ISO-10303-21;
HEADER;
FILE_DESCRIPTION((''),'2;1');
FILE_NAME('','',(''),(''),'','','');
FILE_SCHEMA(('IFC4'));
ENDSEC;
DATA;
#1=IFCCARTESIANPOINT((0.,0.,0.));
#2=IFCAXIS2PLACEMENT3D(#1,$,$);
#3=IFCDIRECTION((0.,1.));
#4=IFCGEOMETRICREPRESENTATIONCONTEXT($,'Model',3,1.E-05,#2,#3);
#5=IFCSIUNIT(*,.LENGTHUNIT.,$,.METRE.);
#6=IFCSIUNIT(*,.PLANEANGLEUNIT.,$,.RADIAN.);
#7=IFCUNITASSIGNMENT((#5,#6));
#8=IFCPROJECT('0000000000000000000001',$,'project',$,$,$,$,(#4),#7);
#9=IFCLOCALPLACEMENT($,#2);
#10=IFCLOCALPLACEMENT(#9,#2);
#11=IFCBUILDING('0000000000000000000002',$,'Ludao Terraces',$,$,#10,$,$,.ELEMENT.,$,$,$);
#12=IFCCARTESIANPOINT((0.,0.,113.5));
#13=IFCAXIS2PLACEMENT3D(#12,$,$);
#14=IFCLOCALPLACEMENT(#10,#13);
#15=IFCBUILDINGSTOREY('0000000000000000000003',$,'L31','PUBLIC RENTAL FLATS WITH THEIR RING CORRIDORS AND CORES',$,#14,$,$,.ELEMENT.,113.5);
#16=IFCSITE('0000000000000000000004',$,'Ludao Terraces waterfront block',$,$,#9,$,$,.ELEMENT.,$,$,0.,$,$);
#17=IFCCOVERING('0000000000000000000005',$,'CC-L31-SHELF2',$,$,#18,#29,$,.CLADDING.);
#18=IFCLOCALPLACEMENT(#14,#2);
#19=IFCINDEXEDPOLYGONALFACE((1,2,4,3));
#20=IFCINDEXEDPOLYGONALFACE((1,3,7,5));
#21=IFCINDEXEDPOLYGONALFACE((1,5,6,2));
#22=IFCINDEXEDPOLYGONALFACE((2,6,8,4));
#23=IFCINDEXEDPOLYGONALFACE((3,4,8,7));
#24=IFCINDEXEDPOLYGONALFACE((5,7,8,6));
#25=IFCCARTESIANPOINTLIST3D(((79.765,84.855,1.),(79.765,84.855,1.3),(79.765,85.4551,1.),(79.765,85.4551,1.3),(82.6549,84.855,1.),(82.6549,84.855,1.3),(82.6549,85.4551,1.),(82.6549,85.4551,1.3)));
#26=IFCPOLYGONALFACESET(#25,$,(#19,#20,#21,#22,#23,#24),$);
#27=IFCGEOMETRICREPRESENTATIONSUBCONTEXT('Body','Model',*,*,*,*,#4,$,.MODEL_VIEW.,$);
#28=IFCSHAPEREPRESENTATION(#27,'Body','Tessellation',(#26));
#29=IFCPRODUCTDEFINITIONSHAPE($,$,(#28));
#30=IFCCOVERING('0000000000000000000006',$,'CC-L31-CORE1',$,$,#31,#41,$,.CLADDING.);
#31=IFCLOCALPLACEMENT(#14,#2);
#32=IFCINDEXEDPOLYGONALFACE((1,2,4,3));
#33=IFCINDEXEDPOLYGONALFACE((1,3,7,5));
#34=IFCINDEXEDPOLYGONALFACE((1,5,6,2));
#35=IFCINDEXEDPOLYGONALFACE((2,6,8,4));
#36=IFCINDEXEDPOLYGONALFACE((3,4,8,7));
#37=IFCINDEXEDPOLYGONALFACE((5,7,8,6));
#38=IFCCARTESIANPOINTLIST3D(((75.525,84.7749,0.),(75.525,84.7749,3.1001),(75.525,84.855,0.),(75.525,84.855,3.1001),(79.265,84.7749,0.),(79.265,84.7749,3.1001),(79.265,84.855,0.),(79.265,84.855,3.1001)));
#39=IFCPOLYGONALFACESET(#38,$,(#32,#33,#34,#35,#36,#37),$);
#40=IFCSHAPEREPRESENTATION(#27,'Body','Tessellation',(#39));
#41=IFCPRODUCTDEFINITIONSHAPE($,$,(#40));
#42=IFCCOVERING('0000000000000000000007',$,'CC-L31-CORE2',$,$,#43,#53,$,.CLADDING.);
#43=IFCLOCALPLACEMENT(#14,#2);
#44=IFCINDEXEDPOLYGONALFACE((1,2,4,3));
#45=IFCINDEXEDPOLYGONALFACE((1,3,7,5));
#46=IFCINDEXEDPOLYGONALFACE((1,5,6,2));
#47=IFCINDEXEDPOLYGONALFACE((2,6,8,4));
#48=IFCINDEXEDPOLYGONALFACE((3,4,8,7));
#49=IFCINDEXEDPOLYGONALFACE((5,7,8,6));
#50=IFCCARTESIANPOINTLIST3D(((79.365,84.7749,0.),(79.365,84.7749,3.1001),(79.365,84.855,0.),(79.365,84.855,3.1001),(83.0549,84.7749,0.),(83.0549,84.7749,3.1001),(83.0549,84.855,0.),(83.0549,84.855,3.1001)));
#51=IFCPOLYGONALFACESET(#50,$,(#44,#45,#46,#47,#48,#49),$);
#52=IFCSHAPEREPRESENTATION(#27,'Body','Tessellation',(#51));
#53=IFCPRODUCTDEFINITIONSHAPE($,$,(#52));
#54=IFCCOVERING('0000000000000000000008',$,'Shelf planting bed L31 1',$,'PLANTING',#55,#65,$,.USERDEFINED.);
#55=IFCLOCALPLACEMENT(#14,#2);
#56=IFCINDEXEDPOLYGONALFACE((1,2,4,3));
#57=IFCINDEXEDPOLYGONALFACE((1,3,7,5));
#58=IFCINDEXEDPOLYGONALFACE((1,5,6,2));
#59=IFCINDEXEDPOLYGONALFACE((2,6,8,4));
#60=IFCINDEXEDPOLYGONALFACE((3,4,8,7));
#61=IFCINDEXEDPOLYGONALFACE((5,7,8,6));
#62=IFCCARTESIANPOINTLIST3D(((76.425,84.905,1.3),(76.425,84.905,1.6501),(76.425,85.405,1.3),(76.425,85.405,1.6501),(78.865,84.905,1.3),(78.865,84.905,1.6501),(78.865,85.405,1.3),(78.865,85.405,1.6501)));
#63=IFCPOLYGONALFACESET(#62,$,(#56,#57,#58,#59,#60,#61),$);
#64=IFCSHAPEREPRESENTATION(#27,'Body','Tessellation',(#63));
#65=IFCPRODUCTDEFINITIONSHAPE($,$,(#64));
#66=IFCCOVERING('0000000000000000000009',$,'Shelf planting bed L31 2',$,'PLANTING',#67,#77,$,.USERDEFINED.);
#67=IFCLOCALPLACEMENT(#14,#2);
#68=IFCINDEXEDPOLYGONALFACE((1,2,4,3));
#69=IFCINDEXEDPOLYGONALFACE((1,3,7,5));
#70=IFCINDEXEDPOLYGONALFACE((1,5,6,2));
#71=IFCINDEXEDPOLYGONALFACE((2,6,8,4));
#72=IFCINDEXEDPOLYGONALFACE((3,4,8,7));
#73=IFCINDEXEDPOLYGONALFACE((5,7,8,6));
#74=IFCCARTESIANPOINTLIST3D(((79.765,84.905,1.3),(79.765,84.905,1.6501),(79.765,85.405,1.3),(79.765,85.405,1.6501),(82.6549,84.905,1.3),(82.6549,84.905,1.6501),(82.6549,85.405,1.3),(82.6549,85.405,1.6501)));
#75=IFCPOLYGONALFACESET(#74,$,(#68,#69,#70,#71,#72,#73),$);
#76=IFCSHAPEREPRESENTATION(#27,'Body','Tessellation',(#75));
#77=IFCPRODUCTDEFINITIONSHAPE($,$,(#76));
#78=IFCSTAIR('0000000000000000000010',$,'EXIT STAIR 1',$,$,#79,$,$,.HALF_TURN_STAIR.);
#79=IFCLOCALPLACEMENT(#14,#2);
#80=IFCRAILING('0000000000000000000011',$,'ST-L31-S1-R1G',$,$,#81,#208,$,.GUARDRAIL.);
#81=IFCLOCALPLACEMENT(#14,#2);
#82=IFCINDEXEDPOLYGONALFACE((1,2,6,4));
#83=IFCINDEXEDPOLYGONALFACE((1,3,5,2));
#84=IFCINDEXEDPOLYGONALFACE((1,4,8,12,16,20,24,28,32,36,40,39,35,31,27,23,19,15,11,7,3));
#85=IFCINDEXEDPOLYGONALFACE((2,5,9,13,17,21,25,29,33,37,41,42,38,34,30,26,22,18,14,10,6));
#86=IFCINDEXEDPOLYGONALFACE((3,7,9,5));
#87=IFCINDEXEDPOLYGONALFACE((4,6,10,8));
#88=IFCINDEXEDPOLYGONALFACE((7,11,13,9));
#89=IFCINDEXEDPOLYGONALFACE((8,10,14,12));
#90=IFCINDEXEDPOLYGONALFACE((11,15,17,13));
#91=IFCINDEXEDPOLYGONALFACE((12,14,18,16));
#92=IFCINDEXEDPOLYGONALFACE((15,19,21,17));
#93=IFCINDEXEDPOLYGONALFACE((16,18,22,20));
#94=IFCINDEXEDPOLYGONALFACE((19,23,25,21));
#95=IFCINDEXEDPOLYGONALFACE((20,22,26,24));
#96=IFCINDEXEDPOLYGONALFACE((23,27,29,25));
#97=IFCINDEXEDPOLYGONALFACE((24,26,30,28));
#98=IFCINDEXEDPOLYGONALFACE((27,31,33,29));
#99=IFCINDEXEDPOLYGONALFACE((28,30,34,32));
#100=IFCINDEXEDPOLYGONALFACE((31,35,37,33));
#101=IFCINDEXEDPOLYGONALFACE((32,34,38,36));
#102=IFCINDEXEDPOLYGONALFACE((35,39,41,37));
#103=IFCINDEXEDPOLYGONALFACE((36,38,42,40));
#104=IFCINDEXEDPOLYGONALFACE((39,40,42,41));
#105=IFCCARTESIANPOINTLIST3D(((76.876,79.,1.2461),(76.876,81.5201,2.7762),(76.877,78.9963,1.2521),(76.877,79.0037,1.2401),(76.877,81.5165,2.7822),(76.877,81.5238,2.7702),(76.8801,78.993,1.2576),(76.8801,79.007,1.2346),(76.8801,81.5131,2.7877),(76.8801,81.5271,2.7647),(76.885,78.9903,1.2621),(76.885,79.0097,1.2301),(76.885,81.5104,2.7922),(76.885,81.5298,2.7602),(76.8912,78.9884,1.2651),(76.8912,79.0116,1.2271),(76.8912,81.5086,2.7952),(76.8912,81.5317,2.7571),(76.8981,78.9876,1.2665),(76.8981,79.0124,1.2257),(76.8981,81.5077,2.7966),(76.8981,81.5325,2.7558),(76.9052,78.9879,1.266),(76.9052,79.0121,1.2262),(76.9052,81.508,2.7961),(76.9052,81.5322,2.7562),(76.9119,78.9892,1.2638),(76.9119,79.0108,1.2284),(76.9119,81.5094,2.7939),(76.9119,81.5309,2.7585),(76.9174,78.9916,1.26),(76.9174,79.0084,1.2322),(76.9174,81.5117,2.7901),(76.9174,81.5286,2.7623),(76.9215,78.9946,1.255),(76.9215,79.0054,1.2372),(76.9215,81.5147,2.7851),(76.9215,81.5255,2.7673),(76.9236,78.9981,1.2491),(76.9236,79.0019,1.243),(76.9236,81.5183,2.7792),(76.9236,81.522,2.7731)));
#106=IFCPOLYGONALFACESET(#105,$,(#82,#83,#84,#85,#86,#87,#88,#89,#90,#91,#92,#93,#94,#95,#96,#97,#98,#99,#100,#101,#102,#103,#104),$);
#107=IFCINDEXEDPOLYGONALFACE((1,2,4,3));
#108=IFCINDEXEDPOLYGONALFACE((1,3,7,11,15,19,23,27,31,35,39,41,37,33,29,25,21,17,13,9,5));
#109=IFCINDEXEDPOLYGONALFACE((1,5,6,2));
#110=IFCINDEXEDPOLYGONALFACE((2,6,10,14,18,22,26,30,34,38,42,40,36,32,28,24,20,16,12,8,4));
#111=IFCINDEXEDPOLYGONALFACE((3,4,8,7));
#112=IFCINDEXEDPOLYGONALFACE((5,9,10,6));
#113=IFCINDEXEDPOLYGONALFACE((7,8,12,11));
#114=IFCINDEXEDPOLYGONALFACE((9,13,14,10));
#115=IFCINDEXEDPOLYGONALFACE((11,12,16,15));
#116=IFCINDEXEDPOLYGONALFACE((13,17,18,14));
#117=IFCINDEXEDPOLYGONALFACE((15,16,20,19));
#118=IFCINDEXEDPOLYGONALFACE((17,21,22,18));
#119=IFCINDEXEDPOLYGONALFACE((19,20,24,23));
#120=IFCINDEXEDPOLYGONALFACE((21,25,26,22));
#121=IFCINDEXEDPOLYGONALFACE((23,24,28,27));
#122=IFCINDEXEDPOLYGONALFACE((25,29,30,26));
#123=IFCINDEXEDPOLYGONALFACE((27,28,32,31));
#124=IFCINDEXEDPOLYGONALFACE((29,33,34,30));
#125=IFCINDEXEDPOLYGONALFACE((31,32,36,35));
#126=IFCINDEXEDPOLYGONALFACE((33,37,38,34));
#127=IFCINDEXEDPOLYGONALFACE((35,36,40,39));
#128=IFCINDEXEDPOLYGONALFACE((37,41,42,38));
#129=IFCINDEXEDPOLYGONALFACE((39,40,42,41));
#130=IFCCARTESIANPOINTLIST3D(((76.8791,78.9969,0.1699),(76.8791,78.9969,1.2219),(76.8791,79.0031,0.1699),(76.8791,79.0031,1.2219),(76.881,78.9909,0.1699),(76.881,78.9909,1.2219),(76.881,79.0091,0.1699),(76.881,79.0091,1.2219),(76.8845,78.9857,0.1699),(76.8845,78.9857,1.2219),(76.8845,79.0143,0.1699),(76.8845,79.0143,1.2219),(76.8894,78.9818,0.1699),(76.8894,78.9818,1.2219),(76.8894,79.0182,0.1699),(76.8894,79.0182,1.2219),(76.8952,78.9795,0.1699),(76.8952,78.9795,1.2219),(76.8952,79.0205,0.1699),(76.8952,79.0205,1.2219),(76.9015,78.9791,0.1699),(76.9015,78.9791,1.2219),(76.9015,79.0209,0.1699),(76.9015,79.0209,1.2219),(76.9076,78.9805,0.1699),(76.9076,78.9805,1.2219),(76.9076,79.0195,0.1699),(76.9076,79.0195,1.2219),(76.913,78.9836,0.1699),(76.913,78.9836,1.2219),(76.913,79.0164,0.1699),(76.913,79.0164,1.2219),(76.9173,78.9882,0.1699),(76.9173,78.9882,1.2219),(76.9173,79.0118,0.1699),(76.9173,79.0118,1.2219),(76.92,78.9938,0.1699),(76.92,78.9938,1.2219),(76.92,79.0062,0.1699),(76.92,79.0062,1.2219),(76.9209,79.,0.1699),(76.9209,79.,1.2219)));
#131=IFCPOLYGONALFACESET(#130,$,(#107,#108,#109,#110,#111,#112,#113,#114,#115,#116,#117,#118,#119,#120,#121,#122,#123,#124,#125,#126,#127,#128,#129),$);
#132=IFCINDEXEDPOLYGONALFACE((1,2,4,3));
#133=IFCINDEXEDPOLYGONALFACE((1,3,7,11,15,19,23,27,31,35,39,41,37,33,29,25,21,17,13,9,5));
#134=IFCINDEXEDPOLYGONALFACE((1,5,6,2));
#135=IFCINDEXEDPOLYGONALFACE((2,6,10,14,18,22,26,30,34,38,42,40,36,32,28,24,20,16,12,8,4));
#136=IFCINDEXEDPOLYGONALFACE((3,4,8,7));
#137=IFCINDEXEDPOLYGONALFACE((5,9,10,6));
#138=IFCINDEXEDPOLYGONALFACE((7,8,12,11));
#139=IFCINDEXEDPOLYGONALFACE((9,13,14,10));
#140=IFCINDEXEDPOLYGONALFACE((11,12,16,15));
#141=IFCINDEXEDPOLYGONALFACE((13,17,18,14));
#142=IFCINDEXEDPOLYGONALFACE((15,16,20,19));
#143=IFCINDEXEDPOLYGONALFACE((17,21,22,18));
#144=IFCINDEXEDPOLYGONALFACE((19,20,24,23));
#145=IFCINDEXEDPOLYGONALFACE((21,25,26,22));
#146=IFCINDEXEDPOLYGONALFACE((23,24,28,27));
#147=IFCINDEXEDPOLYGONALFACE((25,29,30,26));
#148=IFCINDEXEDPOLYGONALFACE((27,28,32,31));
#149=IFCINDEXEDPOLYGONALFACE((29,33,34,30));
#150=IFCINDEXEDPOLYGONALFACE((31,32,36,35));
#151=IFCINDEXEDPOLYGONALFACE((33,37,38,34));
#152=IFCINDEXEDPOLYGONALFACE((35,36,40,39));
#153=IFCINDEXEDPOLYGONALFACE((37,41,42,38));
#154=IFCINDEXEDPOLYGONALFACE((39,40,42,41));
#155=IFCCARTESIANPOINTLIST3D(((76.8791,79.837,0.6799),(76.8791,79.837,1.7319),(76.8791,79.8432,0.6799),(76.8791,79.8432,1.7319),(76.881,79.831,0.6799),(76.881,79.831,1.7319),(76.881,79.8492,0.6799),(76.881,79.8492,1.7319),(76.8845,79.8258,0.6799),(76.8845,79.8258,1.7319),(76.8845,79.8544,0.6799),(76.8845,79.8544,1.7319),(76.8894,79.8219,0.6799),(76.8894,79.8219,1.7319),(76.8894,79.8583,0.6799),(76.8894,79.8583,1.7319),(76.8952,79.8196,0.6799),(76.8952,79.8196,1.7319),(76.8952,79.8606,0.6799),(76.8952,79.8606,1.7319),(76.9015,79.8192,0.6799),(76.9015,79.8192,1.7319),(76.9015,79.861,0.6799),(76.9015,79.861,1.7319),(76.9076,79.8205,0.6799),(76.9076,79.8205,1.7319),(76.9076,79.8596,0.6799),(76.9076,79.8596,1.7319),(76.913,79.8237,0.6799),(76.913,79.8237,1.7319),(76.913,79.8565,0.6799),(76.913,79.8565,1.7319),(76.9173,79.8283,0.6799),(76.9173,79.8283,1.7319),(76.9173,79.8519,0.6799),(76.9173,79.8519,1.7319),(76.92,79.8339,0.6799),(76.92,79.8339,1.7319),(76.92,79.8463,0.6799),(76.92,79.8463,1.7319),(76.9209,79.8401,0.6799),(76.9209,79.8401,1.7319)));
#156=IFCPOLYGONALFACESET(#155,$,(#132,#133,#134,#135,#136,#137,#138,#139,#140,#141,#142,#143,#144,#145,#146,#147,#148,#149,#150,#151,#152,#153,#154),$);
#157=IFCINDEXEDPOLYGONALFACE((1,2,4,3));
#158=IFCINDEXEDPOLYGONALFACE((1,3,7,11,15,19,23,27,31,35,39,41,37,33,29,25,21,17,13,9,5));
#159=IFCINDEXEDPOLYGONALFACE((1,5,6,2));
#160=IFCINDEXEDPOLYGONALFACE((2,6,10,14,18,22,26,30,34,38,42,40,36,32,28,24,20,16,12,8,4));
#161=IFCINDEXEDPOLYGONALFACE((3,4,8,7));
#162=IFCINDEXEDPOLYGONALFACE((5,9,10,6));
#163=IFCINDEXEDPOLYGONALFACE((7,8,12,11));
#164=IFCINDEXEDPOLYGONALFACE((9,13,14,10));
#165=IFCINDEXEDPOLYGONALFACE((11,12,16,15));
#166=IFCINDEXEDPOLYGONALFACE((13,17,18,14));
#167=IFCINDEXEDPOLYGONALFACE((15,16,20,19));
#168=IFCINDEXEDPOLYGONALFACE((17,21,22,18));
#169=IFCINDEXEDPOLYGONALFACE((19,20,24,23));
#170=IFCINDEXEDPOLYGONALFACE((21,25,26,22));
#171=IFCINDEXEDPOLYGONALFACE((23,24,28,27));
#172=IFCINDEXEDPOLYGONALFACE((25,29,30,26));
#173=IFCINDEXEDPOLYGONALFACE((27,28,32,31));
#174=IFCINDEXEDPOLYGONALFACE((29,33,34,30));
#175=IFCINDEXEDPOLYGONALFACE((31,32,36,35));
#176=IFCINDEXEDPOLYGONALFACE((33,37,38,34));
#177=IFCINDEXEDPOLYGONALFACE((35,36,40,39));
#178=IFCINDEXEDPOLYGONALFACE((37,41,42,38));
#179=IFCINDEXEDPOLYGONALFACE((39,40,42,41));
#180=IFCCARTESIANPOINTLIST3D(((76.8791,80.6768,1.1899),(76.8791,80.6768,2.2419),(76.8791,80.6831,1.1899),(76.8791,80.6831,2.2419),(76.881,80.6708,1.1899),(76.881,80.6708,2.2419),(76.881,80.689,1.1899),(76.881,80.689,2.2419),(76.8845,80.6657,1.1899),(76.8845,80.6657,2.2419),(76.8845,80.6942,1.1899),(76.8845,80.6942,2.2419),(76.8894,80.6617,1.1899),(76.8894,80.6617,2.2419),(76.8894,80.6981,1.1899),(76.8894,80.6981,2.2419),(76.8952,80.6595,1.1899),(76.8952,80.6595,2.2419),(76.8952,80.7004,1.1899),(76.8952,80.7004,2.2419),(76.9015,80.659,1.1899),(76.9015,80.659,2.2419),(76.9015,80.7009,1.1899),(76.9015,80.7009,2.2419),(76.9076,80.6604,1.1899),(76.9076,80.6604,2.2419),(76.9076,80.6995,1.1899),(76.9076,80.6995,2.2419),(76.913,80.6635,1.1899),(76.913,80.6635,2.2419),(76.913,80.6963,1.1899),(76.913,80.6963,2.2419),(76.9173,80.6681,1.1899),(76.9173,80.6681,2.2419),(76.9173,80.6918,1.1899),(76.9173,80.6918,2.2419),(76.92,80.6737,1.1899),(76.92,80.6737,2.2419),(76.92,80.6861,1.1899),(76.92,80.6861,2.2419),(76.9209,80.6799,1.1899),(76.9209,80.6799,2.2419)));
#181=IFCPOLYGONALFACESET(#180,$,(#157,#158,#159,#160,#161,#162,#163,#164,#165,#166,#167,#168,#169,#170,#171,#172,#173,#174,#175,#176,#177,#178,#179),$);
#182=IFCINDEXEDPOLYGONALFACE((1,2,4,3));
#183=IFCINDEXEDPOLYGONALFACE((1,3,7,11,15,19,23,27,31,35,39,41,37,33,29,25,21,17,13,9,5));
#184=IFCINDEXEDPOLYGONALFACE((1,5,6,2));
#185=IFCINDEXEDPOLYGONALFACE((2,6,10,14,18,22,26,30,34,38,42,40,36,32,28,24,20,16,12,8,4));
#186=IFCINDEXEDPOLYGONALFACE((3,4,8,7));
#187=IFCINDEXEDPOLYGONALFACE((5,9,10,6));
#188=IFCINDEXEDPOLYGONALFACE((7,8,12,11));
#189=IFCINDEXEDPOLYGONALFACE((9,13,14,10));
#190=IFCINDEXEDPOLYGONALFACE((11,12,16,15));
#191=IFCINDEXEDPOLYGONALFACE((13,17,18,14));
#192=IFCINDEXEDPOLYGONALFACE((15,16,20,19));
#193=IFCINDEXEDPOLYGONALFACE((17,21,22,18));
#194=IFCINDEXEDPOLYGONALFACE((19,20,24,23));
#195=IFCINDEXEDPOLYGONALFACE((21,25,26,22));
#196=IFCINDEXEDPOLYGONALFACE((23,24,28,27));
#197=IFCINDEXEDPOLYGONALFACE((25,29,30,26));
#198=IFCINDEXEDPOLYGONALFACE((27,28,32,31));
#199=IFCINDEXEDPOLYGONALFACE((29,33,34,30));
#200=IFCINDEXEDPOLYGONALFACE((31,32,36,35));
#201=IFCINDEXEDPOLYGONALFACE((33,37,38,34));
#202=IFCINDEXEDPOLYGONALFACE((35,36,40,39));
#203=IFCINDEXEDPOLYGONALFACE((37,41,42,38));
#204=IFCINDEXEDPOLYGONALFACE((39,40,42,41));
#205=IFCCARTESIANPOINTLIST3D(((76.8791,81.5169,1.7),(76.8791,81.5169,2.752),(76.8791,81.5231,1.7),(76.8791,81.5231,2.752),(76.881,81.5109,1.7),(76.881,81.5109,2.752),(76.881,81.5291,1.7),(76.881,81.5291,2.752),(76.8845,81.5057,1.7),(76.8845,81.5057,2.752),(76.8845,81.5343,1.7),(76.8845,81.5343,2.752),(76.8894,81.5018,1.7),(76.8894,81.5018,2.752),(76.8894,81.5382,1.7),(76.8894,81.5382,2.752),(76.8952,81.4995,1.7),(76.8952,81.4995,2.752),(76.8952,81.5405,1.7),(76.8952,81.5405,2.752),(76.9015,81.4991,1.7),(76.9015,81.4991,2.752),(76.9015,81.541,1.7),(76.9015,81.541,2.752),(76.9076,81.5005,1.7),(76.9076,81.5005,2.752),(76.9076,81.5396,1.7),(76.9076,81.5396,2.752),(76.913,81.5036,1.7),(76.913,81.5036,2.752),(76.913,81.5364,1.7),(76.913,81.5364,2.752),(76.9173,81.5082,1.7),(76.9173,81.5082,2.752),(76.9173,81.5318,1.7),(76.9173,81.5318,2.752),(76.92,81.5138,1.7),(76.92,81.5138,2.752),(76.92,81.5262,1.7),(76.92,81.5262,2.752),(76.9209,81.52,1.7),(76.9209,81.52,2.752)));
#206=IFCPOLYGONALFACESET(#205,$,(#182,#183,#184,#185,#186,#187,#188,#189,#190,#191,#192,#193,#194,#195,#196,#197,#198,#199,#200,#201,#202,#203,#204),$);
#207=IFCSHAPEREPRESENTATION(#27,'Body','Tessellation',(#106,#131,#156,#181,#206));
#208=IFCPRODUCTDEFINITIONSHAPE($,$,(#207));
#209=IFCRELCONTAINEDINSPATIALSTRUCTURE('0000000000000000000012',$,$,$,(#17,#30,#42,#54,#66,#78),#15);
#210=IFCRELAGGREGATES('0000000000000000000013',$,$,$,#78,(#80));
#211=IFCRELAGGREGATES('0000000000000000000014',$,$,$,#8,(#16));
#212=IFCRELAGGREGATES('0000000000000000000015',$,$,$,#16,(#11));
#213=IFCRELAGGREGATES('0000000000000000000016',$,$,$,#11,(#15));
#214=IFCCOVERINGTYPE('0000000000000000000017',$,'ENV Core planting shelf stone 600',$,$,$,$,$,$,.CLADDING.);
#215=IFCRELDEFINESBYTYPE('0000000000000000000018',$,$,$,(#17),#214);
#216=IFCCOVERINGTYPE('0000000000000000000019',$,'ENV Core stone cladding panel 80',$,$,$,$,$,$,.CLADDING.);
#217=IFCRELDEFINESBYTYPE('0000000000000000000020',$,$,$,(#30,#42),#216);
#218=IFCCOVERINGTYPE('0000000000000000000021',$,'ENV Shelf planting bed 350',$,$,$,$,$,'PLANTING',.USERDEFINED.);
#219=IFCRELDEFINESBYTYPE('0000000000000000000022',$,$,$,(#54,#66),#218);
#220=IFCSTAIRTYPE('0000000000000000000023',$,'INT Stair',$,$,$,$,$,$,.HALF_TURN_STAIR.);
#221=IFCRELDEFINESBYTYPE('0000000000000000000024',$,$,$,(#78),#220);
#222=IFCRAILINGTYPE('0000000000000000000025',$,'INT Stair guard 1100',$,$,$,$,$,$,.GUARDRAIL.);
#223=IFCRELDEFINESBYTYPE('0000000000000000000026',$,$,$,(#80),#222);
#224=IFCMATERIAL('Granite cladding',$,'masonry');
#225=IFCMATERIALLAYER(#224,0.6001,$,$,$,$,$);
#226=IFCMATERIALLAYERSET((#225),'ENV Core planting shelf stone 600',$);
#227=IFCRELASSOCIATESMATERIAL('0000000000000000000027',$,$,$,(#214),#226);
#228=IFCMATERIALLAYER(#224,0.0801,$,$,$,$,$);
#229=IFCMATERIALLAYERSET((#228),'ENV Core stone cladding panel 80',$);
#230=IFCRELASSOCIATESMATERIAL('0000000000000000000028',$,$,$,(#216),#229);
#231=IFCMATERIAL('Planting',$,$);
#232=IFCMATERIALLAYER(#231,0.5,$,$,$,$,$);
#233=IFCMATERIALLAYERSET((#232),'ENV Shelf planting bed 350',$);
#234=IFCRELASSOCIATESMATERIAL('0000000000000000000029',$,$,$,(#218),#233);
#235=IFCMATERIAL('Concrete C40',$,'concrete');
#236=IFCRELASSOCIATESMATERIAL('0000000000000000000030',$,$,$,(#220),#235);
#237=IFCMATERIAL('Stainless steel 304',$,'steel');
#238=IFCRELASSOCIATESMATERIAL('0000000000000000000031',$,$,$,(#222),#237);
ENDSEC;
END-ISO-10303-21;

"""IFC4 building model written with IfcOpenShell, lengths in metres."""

from ifc_helpers import new_model, si_unit, direction, frame, origin, origin_2d, place, context, subcontext, project, spatial, rectangle, circle, extrude, material, layer, layer_set, type_object, element, aggregate, save


model = new_model("IFC4")

# Units and contexts
model_context = context("Model", 3, precision=1e-05, world=origin(), true_north=direction((0.0, 1.0)))
body_context = subcontext(model_context, "Body", "Model", "MODEL_VIEW")
ifc_project = project(units=[si_unit("LENGTHUNIT", "METRE"), si_unit("PLANEANGLEUNIT", "RADIAN")], contexts=[model_context])

# Site, building, storey
site_placement = place(None, origin())
site = spatial("IfcSite", under=ifc_project, at=site_placement, Name="Ludao Terraces waterfront block", CompositionType="ELEMENT", RefElevation=0.0)
building_placement = place(site_placement, origin())
building = spatial("IfcBuilding", under=site, at=building_placement, Name="Ludao Terraces", CompositionType="ELEMENT")
storey_placement = place(building_placement, frame((0.0, 0.0, 113.5)))
storey = spatial("IfcBuildingStorey", under=building, at=storey_placement, Name="L31", Description="PUBLIC RENTAL FLATS WITH THEIR RING CORRIDORS AND CORES", CompositionType="ELEMENT", Elevation=113.5)

# Shared definitions
ifc_material_1 = material(Name="Stainless steel 304", Category="steel")

# Coverings
ifc_material_2 = material(Name="Granite cladding", Category="masonry")
ifc_layer_1 = layer(ifc_material_2, 0.6001)
ifc_layer_set_1 = layer_set([ifc_layer_1], Name="ENV Core planting shelf stone 600")
covering_type_1 = type_object("IfcCoveringType", Name="ENV Core planting shelf stone 600", PredefinedType="CLADDING", material=ifc_layer_set_1)
covering_1_placement = place(storey_placement, frame((81.21, 85.155, 1.0), z_axis=(0.0, 0.0, 1.0), x_axis=(1.0, 0.0, 0.0)))
element("IfcCovering", 1, at=covering_1_placement, inside=storey, type_object=covering_type_1, Name="CC-L31-SHELF2", PredefinedType="CLADDING", context=body_context, shape_type="SweptSolid", body=[
    extrude(rectangle(XDim=2.8899, YDim=0.6001, at=origin_2d()), origin(), (0.0, 0.0, 1.0), 0.3),
])
ifc_layer_2 = layer(ifc_material_2, 0.0801)
ifc_layer_set_2 = layer_set([ifc_layer_2], Name="ENV Core stone cladding panel 80")
covering_type_2 = type_object("IfcCoveringType", Name="ENV Core stone cladding panel 80", PredefinedType="CLADDING", material=ifc_layer_set_2)
covering_2_placement = place(storey_placement, frame((77.395, 84.8149, 0.0), z_axis=(0.0, 0.0, 1.0), x_axis=(1.0, 0.0, 0.0)))
element("IfcCovering", 2, at=covering_2_placement, inside=storey, type_object=covering_type_2, Name="CC-L31-CORE1", PredefinedType="CLADDING", context=body_context, shape_type="SweptSolid", body=[
    extrude(rectangle(XDim=3.74, YDim=0.0801, at=origin_2d()), origin(), (0.0, 0.0, 1.0), 3.1001),
])
covering_3_placement = place(storey_placement, frame((81.21, 84.8149, 0.0), z_axis=(0.0, 0.0, 1.0), x_axis=(1.0, 0.0, 0.0)))
element("IfcCovering", 3, at=covering_3_placement, inside=storey, type_object=covering_type_2, Name="CC-L31-CORE2", PredefinedType="CLADDING", context=body_context, shape_type="SweptSolid", body=[
    extrude(rectangle(XDim=3.6899, YDim=0.0801, at=origin_2d()), origin(), (0.0, 0.0, 1.0), 3.1001),
])
ifc_material_3 = material(Name="Planting")
ifc_layer_3 = layer(ifc_material_3, 0.5)
ifc_layer_set_3 = layer_set([ifc_layer_3], Name="ENV Shelf planting bed 350")
covering_type_3 = type_object("IfcCoveringType", Name="ENV Shelf planting bed 350", ElementType="PLANTING", PredefinedType="USERDEFINED", material=ifc_layer_set_3)
covering_4_placement = place(storey_placement, frame((77.645, 85.155, 1.3), z_axis=(0.0, 0.0, 1.0), x_axis=(1.0, 0.0, 0.0)))
element("IfcCovering", 4, at=covering_4_placement, inside=storey, type_object=covering_type_3, Name="Shelf planting bed L31 1", ObjectType="PLANTING", PredefinedType="USERDEFINED", context=body_context, shape_type="SweptSolid", body=[
    extrude(rectangle(XDim=2.4399, YDim=0.5, at=origin_2d()), origin(), (0.0, 0.0, 1.0), 0.3501),
])
covering_5_placement = place(storey_placement, frame((81.21, 85.155, 1.3), z_axis=(0.0, 0.0, 1.0), x_axis=(1.0, 0.0, 0.0)))
element("IfcCovering", 5, at=covering_5_placement, inside=storey, type_object=covering_type_3, Name="Shelf planting bed L31 2", ObjectType="PLANTING", PredefinedType="USERDEFINED", context=body_context, shape_type="SweptSolid", body=[
    extrude(rectangle(XDim=2.8899, YDim=0.5, at=origin_2d()), origin(), (0.0, 0.0, 1.0), 0.3501),
])

# Stair, railing
ifc_material_4 = material(Name="Concrete C40", Category="concrete")
stair_type = type_object("IfcStairType", Name="INT Stair", PredefinedType="HALF_TURN_STAIR", material=ifc_material_4)
stair_placement = place(storey_placement, origin())
stair = element("IfcStair", 6, at=stair_placement, inside=storey, type_object=stair_type, Name="EXIT STAIR 1", PredefinedType="HALF_TURN_STAIR")
railing_type_1 = type_object("IfcRailingType", Name="INT Stair guard 1100", PredefinedType="GUARDRAIL", material=ifc_material_1)
railing_1_placement = place(storey_placement, frame((76.8999, 79.0, 0.1699)))
railing_1 = element("IfcRailing", 7, at=railing_1_placement, type_object=railing_type_1, Name="ST-L31-S1-R1G", PredefinedType="GUARDRAIL", context=body_context, shape_type="SweptSolid", body=[
    extrude(circle(Radius=0.0239, at=origin_2d()), frame((0.0, 0.0, 1.0762), z_axis=(0.0, 0.854785, 0.518982), x_axis=(-1.0, 0.0, 0.0)), (0.0, 0.0, 1.0), 2.9482),
    extrude(circle(Radius=0.021, at=origin_2d()), origin(), (0.0, 0.0, 1.0), 1.052),
    extrude(circle(Radius=0.021, at=origin_2d()), frame((0.0, 0.8401, 0.51)), (0.0, 0.0, 1.0), 1.052),
    extrude(circle(Radius=0.021, at=origin_2d()), frame((0.0, 1.6799, 1.02)), (0.0, 0.0, 1.0), 1.052),
    extrude(circle(Radius=0.021, at=origin_2d()), frame((0.0, 2.52, 1.53)), (0.0, 0.0, 1.0), 1.052),
])
aggregate(stair, [railing_1])

save(model, "model.ifc")
